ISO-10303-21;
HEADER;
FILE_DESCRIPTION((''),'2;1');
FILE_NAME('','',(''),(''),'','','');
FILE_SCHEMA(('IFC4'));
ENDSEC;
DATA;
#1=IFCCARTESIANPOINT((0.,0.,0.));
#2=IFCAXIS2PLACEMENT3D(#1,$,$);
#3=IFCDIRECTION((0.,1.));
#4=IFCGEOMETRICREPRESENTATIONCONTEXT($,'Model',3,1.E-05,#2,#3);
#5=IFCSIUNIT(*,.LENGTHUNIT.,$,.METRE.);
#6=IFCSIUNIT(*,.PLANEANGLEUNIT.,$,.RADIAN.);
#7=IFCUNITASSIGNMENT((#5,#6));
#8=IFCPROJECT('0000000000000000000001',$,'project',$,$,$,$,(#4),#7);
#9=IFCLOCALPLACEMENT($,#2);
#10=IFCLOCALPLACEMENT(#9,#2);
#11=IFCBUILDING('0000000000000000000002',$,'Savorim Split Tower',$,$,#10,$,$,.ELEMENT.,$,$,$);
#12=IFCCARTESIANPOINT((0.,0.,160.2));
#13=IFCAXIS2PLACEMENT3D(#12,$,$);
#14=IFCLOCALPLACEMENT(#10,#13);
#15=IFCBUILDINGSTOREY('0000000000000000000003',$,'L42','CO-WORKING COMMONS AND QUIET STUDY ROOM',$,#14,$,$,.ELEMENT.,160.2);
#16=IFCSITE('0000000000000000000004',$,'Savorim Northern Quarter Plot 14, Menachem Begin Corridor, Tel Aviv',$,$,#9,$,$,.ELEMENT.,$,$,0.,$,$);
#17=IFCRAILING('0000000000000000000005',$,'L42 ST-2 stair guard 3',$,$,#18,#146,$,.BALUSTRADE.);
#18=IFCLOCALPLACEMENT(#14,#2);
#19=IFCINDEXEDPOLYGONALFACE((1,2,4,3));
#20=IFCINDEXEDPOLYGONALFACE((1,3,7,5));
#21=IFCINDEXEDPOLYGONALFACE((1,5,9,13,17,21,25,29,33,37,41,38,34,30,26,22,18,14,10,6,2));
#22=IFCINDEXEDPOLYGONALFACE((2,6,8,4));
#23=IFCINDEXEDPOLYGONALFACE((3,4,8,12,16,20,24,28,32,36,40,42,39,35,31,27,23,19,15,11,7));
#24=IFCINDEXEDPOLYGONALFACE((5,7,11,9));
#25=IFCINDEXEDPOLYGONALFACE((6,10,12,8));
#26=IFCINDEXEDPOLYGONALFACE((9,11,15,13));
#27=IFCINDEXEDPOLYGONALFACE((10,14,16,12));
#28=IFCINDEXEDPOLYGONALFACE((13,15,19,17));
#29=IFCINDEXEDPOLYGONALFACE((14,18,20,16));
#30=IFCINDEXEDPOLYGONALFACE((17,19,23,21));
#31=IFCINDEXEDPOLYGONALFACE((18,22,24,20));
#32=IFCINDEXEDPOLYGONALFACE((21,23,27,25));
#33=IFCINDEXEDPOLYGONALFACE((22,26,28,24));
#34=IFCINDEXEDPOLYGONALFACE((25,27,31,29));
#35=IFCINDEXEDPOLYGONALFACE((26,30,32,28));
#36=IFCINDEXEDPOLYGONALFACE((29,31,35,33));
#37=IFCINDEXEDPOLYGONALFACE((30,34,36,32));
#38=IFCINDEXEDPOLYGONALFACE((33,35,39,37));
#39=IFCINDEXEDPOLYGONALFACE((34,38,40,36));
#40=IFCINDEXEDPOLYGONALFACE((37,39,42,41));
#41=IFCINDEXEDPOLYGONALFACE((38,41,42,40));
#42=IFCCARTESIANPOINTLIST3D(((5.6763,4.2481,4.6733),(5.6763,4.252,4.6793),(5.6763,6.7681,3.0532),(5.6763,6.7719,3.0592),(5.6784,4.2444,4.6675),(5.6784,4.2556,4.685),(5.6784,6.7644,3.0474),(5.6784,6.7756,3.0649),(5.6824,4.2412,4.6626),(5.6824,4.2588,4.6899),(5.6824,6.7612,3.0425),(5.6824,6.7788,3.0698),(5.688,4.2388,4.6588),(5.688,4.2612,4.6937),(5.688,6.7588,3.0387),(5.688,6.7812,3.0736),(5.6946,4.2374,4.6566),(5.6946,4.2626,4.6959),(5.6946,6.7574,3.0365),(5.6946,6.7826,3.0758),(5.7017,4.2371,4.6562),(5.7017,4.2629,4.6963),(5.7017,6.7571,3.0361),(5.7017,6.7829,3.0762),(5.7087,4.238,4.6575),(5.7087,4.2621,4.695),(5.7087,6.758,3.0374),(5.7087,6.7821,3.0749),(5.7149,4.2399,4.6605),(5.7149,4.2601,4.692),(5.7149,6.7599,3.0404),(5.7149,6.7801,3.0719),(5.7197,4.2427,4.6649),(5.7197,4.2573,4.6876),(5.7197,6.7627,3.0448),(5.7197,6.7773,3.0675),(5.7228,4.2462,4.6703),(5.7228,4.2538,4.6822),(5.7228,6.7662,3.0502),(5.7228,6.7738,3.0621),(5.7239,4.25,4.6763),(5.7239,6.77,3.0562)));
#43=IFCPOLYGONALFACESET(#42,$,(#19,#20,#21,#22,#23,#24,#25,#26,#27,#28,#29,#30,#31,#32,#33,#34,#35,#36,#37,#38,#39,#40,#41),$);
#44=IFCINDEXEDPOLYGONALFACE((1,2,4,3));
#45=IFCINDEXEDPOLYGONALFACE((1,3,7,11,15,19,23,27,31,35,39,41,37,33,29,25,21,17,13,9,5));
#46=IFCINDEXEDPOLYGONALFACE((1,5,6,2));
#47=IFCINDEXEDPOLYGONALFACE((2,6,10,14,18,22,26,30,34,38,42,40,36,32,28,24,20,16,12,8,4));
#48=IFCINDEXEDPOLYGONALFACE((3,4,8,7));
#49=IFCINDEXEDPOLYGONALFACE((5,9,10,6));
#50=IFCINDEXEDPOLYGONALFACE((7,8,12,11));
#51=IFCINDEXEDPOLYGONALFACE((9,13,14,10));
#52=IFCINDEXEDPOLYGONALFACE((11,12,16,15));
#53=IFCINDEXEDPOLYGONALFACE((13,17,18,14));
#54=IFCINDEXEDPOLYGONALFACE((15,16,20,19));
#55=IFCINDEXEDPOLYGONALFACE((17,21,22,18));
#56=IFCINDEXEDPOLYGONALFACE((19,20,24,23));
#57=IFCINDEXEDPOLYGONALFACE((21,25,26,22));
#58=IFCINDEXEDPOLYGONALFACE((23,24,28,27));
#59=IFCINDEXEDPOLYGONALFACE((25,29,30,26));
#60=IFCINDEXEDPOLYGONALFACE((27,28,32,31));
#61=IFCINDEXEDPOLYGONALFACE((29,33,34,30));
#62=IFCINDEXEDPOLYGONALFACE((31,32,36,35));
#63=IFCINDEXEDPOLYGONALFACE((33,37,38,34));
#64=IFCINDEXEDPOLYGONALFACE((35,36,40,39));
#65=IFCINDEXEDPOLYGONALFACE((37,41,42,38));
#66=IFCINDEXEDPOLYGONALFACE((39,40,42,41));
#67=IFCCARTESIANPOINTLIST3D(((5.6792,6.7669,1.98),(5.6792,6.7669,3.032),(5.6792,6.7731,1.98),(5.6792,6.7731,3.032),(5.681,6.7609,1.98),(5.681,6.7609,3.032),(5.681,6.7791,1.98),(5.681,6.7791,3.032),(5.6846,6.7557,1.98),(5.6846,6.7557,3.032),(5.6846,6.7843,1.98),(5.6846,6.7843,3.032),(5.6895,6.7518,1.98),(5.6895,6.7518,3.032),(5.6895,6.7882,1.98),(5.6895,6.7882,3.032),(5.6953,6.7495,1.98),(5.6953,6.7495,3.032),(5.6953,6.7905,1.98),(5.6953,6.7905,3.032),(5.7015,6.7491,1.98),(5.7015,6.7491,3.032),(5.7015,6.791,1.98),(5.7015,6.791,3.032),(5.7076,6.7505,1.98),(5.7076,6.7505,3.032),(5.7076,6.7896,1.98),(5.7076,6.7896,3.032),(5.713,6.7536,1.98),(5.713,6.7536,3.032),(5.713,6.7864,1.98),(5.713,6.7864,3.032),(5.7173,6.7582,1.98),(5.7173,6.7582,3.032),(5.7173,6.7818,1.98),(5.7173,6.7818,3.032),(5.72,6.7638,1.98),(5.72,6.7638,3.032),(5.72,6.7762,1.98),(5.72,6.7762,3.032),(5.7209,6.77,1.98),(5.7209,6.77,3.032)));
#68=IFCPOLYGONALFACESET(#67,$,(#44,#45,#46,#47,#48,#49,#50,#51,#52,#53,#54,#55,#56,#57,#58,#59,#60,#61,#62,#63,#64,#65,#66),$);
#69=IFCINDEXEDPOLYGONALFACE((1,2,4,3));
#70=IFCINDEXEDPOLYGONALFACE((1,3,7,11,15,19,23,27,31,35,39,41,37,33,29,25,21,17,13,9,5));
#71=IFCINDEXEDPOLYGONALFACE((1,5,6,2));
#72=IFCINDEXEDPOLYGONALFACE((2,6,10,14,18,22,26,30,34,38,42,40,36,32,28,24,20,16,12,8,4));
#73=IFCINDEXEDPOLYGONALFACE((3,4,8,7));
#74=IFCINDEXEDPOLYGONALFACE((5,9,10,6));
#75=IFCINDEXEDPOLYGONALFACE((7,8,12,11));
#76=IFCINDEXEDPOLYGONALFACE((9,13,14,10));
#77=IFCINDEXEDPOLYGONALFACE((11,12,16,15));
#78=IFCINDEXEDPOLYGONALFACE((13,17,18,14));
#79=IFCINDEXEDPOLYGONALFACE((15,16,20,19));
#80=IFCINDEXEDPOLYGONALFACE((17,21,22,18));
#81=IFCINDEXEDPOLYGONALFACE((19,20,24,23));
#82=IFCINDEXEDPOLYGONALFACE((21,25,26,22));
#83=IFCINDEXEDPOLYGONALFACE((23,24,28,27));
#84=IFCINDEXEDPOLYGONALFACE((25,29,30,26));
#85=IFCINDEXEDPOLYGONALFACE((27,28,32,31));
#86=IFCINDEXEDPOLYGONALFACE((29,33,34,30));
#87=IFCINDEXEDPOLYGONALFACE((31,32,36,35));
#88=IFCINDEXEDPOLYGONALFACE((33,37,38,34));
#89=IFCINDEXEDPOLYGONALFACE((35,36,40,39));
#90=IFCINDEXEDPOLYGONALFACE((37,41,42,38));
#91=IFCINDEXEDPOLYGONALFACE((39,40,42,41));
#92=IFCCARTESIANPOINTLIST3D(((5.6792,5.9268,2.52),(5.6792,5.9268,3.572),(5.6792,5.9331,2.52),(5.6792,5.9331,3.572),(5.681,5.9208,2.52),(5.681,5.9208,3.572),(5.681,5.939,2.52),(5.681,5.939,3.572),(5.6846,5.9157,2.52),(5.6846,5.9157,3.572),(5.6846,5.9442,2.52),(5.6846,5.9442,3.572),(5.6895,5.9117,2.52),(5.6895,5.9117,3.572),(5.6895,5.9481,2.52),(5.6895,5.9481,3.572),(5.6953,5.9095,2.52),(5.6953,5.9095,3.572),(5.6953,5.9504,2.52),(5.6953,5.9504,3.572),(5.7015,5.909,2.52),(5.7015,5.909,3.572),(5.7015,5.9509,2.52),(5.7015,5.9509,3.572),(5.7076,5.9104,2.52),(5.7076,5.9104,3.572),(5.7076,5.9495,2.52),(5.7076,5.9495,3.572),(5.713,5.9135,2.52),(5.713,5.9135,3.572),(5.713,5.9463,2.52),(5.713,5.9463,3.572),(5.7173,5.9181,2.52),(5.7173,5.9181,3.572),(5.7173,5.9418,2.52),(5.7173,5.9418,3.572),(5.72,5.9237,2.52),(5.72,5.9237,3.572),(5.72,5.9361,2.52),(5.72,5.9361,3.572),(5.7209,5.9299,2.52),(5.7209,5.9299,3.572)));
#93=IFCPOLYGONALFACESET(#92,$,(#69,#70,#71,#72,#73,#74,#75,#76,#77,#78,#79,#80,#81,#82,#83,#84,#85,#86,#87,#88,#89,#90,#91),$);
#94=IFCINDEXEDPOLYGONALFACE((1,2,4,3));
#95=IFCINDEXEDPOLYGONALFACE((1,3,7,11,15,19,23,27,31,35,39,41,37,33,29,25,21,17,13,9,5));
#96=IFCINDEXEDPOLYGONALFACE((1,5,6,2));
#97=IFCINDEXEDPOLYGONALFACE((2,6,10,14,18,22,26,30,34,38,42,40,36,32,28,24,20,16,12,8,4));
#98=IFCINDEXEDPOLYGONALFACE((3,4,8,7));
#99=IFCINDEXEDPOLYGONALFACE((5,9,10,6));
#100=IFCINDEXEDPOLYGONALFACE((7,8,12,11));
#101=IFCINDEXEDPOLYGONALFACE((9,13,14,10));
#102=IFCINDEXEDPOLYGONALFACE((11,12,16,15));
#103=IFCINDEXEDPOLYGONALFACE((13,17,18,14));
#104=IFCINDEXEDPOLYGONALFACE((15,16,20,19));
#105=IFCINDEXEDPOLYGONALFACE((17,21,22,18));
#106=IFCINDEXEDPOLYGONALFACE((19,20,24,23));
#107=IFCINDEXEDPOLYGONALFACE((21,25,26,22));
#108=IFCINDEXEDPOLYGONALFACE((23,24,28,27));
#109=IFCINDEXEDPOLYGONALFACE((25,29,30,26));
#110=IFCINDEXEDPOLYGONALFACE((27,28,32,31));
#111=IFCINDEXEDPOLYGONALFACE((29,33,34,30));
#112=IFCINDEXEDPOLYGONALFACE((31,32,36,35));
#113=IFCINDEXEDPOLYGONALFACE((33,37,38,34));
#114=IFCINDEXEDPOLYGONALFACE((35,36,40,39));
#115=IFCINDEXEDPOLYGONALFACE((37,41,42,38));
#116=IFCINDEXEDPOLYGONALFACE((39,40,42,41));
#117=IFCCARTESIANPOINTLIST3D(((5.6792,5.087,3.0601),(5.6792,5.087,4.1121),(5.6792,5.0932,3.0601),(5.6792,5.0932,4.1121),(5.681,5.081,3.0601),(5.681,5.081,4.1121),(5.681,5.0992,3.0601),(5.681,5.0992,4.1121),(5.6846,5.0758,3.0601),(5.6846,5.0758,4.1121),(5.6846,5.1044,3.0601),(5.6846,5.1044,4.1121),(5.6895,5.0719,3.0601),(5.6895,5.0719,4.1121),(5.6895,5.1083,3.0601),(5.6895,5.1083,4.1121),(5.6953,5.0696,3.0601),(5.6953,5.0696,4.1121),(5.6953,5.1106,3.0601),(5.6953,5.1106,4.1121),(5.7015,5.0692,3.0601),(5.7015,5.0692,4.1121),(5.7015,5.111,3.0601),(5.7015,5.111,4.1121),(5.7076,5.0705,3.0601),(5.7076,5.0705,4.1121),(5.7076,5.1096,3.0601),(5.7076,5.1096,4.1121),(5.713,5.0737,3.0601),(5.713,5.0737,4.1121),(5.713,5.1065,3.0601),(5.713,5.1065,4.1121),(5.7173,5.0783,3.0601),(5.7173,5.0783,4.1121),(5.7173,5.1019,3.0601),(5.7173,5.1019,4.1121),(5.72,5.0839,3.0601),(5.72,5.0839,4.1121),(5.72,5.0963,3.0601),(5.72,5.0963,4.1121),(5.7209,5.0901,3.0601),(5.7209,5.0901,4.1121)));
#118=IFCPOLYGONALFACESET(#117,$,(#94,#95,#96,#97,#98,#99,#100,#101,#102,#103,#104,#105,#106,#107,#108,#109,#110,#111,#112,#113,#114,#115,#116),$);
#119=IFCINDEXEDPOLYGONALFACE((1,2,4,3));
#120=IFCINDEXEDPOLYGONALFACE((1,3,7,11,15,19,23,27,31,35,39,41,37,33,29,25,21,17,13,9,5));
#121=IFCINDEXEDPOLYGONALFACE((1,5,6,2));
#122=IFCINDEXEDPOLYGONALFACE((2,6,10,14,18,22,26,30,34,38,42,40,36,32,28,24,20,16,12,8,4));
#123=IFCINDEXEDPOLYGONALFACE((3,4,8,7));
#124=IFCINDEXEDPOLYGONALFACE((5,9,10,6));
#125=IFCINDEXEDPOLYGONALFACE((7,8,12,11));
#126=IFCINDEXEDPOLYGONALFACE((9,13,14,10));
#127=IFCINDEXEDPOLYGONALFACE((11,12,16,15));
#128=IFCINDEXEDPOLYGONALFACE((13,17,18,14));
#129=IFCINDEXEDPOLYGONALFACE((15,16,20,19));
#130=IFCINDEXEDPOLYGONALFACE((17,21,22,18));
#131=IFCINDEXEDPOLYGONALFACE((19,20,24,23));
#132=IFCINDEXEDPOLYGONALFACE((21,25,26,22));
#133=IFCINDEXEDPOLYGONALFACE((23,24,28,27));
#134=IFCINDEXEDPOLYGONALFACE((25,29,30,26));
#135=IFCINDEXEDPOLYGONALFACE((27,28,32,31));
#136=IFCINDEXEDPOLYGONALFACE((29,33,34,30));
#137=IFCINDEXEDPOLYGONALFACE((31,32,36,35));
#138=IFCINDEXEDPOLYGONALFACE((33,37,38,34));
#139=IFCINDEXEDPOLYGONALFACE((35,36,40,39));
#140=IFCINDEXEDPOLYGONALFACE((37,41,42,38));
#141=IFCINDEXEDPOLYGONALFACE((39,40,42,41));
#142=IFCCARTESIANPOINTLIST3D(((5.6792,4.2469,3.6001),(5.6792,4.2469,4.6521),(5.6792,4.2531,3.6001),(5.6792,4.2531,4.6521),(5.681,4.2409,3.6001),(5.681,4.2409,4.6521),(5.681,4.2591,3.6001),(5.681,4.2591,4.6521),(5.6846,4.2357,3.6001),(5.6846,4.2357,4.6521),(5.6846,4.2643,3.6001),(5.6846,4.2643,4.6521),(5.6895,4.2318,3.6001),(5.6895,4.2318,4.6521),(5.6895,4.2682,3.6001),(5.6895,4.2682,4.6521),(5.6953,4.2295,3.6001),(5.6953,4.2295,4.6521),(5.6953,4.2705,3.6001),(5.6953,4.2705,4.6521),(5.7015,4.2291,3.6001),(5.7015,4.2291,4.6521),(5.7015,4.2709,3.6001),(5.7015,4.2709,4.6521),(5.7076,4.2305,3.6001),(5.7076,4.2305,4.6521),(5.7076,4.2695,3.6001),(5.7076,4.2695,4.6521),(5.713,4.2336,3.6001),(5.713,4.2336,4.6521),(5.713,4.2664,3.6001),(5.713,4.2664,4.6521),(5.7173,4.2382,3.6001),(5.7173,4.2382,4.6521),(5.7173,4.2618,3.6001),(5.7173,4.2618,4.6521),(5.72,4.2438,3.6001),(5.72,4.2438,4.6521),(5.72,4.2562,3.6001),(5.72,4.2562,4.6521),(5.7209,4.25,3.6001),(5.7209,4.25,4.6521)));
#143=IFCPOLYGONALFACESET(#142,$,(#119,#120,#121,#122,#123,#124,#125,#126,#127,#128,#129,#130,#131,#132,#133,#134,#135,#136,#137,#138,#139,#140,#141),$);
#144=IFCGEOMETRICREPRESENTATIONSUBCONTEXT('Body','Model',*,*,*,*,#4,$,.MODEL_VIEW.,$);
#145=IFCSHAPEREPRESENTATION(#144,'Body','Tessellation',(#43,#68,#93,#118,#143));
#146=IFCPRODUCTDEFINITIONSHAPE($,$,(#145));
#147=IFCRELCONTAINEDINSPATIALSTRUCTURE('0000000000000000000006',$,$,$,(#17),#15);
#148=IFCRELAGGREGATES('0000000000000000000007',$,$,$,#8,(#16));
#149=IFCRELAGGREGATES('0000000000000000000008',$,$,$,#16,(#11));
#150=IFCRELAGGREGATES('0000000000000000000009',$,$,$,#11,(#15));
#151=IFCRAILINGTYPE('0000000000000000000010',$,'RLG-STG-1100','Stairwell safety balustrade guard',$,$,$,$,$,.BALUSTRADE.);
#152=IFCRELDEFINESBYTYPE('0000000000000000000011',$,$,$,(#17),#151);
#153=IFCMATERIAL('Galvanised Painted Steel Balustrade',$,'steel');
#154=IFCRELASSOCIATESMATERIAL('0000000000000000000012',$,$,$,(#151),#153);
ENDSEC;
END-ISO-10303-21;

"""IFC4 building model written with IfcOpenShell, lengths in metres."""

from ifc_helpers import new_model, si_unit, direction, frame, origin, origin_2d, place, context, subcontext, project, spatial, circle, extrude, material, type_object, element, save


model = new_model("IFC4")

# Units and contexts
model_context = context("Model", 3, precision=1e-05, world=origin(), true_north=direction((0.0, 1.0)))
body_context = subcontext(model_context, "Body", "Model", "MODEL_VIEW")
ifc_project = project(units=[si_unit("LENGTHUNIT", "METRE"), si_unit("PLANEANGLEUNIT", "RADIAN")], contexts=[model_context])

# Site, building, storey
site_placement = place(None, origin())
site = spatial("IfcSite", under=ifc_project, at=site_placement, Name="Savorim Northern Quarter Plot 14, Menachem Begin Corridor, Tel Aviv", CompositionType="ELEMENT", RefElevation=0.0)
building_placement = place(site_placement, origin())
building = spatial("IfcBuilding", under=site, at=building_placement, Name="Savorim Split Tower", CompositionType="ELEMENT")
storey_placement = place(building_placement, frame((0.0, 0.0, 160.2)))
storey = spatial("IfcBuildingStorey", under=building, at=storey_placement, Name="L42", Description="CO-WORKING COMMONS AND QUIET STUDY ROOM", CompositionType="ELEMENT", Elevation=160.2)

# Railing
ifc_material_1 = material(Name="Galvanised Painted Steel Balustrade", Category="steel")
railing_type_1 = type_object("IfcRailingType", Name="RLG-STG-1100", Description="Stairwell safety balustrade guard", PredefinedType="BALUSTRADE", material=ifc_material_1)
railing_1_placement = place(storey_placement, frame((5.7, 6.77, 1.98)))
element("IfcRailing", 1, at=railing_1_placement, inside=storey, type_object=railing_type_1, Name="L42 ST-2 stair guard 3", PredefinedType="BALUSTRADE", context=body_context, shape_type="SweptSolid", body=[
    extrude(circle(Radius=0.0239, at=origin_2d()), frame((0.0, 0.0, 1.0762), z_axis=(0.0, -0.841163, 0.540782), x_axis=(1.0, 0.0, 0.0)), (0.0, 0.0, 1.0), 2.9958),
    extrude(circle(Radius=0.021, at=origin_2d()), origin(), (0.0, 0.0, 1.0), 1.052),
    extrude(circle(Radius=0.021, at=origin_2d()), frame((0.0, -0.8401, 0.54)), (0.0, 0.0, 1.0), 1.052),
    extrude(circle(Radius=0.021, at=origin_2d()), frame((0.0, -1.6799, 1.0801)), (0.0, 0.0, 1.0), 1.052),
    extrude(circle(Radius=0.021, at=origin_2d()), frame((0.0, -2.52, 1.6201)), (0.0, 0.0, 1.0), 1.052),
])

save(model, "model.ifc")
